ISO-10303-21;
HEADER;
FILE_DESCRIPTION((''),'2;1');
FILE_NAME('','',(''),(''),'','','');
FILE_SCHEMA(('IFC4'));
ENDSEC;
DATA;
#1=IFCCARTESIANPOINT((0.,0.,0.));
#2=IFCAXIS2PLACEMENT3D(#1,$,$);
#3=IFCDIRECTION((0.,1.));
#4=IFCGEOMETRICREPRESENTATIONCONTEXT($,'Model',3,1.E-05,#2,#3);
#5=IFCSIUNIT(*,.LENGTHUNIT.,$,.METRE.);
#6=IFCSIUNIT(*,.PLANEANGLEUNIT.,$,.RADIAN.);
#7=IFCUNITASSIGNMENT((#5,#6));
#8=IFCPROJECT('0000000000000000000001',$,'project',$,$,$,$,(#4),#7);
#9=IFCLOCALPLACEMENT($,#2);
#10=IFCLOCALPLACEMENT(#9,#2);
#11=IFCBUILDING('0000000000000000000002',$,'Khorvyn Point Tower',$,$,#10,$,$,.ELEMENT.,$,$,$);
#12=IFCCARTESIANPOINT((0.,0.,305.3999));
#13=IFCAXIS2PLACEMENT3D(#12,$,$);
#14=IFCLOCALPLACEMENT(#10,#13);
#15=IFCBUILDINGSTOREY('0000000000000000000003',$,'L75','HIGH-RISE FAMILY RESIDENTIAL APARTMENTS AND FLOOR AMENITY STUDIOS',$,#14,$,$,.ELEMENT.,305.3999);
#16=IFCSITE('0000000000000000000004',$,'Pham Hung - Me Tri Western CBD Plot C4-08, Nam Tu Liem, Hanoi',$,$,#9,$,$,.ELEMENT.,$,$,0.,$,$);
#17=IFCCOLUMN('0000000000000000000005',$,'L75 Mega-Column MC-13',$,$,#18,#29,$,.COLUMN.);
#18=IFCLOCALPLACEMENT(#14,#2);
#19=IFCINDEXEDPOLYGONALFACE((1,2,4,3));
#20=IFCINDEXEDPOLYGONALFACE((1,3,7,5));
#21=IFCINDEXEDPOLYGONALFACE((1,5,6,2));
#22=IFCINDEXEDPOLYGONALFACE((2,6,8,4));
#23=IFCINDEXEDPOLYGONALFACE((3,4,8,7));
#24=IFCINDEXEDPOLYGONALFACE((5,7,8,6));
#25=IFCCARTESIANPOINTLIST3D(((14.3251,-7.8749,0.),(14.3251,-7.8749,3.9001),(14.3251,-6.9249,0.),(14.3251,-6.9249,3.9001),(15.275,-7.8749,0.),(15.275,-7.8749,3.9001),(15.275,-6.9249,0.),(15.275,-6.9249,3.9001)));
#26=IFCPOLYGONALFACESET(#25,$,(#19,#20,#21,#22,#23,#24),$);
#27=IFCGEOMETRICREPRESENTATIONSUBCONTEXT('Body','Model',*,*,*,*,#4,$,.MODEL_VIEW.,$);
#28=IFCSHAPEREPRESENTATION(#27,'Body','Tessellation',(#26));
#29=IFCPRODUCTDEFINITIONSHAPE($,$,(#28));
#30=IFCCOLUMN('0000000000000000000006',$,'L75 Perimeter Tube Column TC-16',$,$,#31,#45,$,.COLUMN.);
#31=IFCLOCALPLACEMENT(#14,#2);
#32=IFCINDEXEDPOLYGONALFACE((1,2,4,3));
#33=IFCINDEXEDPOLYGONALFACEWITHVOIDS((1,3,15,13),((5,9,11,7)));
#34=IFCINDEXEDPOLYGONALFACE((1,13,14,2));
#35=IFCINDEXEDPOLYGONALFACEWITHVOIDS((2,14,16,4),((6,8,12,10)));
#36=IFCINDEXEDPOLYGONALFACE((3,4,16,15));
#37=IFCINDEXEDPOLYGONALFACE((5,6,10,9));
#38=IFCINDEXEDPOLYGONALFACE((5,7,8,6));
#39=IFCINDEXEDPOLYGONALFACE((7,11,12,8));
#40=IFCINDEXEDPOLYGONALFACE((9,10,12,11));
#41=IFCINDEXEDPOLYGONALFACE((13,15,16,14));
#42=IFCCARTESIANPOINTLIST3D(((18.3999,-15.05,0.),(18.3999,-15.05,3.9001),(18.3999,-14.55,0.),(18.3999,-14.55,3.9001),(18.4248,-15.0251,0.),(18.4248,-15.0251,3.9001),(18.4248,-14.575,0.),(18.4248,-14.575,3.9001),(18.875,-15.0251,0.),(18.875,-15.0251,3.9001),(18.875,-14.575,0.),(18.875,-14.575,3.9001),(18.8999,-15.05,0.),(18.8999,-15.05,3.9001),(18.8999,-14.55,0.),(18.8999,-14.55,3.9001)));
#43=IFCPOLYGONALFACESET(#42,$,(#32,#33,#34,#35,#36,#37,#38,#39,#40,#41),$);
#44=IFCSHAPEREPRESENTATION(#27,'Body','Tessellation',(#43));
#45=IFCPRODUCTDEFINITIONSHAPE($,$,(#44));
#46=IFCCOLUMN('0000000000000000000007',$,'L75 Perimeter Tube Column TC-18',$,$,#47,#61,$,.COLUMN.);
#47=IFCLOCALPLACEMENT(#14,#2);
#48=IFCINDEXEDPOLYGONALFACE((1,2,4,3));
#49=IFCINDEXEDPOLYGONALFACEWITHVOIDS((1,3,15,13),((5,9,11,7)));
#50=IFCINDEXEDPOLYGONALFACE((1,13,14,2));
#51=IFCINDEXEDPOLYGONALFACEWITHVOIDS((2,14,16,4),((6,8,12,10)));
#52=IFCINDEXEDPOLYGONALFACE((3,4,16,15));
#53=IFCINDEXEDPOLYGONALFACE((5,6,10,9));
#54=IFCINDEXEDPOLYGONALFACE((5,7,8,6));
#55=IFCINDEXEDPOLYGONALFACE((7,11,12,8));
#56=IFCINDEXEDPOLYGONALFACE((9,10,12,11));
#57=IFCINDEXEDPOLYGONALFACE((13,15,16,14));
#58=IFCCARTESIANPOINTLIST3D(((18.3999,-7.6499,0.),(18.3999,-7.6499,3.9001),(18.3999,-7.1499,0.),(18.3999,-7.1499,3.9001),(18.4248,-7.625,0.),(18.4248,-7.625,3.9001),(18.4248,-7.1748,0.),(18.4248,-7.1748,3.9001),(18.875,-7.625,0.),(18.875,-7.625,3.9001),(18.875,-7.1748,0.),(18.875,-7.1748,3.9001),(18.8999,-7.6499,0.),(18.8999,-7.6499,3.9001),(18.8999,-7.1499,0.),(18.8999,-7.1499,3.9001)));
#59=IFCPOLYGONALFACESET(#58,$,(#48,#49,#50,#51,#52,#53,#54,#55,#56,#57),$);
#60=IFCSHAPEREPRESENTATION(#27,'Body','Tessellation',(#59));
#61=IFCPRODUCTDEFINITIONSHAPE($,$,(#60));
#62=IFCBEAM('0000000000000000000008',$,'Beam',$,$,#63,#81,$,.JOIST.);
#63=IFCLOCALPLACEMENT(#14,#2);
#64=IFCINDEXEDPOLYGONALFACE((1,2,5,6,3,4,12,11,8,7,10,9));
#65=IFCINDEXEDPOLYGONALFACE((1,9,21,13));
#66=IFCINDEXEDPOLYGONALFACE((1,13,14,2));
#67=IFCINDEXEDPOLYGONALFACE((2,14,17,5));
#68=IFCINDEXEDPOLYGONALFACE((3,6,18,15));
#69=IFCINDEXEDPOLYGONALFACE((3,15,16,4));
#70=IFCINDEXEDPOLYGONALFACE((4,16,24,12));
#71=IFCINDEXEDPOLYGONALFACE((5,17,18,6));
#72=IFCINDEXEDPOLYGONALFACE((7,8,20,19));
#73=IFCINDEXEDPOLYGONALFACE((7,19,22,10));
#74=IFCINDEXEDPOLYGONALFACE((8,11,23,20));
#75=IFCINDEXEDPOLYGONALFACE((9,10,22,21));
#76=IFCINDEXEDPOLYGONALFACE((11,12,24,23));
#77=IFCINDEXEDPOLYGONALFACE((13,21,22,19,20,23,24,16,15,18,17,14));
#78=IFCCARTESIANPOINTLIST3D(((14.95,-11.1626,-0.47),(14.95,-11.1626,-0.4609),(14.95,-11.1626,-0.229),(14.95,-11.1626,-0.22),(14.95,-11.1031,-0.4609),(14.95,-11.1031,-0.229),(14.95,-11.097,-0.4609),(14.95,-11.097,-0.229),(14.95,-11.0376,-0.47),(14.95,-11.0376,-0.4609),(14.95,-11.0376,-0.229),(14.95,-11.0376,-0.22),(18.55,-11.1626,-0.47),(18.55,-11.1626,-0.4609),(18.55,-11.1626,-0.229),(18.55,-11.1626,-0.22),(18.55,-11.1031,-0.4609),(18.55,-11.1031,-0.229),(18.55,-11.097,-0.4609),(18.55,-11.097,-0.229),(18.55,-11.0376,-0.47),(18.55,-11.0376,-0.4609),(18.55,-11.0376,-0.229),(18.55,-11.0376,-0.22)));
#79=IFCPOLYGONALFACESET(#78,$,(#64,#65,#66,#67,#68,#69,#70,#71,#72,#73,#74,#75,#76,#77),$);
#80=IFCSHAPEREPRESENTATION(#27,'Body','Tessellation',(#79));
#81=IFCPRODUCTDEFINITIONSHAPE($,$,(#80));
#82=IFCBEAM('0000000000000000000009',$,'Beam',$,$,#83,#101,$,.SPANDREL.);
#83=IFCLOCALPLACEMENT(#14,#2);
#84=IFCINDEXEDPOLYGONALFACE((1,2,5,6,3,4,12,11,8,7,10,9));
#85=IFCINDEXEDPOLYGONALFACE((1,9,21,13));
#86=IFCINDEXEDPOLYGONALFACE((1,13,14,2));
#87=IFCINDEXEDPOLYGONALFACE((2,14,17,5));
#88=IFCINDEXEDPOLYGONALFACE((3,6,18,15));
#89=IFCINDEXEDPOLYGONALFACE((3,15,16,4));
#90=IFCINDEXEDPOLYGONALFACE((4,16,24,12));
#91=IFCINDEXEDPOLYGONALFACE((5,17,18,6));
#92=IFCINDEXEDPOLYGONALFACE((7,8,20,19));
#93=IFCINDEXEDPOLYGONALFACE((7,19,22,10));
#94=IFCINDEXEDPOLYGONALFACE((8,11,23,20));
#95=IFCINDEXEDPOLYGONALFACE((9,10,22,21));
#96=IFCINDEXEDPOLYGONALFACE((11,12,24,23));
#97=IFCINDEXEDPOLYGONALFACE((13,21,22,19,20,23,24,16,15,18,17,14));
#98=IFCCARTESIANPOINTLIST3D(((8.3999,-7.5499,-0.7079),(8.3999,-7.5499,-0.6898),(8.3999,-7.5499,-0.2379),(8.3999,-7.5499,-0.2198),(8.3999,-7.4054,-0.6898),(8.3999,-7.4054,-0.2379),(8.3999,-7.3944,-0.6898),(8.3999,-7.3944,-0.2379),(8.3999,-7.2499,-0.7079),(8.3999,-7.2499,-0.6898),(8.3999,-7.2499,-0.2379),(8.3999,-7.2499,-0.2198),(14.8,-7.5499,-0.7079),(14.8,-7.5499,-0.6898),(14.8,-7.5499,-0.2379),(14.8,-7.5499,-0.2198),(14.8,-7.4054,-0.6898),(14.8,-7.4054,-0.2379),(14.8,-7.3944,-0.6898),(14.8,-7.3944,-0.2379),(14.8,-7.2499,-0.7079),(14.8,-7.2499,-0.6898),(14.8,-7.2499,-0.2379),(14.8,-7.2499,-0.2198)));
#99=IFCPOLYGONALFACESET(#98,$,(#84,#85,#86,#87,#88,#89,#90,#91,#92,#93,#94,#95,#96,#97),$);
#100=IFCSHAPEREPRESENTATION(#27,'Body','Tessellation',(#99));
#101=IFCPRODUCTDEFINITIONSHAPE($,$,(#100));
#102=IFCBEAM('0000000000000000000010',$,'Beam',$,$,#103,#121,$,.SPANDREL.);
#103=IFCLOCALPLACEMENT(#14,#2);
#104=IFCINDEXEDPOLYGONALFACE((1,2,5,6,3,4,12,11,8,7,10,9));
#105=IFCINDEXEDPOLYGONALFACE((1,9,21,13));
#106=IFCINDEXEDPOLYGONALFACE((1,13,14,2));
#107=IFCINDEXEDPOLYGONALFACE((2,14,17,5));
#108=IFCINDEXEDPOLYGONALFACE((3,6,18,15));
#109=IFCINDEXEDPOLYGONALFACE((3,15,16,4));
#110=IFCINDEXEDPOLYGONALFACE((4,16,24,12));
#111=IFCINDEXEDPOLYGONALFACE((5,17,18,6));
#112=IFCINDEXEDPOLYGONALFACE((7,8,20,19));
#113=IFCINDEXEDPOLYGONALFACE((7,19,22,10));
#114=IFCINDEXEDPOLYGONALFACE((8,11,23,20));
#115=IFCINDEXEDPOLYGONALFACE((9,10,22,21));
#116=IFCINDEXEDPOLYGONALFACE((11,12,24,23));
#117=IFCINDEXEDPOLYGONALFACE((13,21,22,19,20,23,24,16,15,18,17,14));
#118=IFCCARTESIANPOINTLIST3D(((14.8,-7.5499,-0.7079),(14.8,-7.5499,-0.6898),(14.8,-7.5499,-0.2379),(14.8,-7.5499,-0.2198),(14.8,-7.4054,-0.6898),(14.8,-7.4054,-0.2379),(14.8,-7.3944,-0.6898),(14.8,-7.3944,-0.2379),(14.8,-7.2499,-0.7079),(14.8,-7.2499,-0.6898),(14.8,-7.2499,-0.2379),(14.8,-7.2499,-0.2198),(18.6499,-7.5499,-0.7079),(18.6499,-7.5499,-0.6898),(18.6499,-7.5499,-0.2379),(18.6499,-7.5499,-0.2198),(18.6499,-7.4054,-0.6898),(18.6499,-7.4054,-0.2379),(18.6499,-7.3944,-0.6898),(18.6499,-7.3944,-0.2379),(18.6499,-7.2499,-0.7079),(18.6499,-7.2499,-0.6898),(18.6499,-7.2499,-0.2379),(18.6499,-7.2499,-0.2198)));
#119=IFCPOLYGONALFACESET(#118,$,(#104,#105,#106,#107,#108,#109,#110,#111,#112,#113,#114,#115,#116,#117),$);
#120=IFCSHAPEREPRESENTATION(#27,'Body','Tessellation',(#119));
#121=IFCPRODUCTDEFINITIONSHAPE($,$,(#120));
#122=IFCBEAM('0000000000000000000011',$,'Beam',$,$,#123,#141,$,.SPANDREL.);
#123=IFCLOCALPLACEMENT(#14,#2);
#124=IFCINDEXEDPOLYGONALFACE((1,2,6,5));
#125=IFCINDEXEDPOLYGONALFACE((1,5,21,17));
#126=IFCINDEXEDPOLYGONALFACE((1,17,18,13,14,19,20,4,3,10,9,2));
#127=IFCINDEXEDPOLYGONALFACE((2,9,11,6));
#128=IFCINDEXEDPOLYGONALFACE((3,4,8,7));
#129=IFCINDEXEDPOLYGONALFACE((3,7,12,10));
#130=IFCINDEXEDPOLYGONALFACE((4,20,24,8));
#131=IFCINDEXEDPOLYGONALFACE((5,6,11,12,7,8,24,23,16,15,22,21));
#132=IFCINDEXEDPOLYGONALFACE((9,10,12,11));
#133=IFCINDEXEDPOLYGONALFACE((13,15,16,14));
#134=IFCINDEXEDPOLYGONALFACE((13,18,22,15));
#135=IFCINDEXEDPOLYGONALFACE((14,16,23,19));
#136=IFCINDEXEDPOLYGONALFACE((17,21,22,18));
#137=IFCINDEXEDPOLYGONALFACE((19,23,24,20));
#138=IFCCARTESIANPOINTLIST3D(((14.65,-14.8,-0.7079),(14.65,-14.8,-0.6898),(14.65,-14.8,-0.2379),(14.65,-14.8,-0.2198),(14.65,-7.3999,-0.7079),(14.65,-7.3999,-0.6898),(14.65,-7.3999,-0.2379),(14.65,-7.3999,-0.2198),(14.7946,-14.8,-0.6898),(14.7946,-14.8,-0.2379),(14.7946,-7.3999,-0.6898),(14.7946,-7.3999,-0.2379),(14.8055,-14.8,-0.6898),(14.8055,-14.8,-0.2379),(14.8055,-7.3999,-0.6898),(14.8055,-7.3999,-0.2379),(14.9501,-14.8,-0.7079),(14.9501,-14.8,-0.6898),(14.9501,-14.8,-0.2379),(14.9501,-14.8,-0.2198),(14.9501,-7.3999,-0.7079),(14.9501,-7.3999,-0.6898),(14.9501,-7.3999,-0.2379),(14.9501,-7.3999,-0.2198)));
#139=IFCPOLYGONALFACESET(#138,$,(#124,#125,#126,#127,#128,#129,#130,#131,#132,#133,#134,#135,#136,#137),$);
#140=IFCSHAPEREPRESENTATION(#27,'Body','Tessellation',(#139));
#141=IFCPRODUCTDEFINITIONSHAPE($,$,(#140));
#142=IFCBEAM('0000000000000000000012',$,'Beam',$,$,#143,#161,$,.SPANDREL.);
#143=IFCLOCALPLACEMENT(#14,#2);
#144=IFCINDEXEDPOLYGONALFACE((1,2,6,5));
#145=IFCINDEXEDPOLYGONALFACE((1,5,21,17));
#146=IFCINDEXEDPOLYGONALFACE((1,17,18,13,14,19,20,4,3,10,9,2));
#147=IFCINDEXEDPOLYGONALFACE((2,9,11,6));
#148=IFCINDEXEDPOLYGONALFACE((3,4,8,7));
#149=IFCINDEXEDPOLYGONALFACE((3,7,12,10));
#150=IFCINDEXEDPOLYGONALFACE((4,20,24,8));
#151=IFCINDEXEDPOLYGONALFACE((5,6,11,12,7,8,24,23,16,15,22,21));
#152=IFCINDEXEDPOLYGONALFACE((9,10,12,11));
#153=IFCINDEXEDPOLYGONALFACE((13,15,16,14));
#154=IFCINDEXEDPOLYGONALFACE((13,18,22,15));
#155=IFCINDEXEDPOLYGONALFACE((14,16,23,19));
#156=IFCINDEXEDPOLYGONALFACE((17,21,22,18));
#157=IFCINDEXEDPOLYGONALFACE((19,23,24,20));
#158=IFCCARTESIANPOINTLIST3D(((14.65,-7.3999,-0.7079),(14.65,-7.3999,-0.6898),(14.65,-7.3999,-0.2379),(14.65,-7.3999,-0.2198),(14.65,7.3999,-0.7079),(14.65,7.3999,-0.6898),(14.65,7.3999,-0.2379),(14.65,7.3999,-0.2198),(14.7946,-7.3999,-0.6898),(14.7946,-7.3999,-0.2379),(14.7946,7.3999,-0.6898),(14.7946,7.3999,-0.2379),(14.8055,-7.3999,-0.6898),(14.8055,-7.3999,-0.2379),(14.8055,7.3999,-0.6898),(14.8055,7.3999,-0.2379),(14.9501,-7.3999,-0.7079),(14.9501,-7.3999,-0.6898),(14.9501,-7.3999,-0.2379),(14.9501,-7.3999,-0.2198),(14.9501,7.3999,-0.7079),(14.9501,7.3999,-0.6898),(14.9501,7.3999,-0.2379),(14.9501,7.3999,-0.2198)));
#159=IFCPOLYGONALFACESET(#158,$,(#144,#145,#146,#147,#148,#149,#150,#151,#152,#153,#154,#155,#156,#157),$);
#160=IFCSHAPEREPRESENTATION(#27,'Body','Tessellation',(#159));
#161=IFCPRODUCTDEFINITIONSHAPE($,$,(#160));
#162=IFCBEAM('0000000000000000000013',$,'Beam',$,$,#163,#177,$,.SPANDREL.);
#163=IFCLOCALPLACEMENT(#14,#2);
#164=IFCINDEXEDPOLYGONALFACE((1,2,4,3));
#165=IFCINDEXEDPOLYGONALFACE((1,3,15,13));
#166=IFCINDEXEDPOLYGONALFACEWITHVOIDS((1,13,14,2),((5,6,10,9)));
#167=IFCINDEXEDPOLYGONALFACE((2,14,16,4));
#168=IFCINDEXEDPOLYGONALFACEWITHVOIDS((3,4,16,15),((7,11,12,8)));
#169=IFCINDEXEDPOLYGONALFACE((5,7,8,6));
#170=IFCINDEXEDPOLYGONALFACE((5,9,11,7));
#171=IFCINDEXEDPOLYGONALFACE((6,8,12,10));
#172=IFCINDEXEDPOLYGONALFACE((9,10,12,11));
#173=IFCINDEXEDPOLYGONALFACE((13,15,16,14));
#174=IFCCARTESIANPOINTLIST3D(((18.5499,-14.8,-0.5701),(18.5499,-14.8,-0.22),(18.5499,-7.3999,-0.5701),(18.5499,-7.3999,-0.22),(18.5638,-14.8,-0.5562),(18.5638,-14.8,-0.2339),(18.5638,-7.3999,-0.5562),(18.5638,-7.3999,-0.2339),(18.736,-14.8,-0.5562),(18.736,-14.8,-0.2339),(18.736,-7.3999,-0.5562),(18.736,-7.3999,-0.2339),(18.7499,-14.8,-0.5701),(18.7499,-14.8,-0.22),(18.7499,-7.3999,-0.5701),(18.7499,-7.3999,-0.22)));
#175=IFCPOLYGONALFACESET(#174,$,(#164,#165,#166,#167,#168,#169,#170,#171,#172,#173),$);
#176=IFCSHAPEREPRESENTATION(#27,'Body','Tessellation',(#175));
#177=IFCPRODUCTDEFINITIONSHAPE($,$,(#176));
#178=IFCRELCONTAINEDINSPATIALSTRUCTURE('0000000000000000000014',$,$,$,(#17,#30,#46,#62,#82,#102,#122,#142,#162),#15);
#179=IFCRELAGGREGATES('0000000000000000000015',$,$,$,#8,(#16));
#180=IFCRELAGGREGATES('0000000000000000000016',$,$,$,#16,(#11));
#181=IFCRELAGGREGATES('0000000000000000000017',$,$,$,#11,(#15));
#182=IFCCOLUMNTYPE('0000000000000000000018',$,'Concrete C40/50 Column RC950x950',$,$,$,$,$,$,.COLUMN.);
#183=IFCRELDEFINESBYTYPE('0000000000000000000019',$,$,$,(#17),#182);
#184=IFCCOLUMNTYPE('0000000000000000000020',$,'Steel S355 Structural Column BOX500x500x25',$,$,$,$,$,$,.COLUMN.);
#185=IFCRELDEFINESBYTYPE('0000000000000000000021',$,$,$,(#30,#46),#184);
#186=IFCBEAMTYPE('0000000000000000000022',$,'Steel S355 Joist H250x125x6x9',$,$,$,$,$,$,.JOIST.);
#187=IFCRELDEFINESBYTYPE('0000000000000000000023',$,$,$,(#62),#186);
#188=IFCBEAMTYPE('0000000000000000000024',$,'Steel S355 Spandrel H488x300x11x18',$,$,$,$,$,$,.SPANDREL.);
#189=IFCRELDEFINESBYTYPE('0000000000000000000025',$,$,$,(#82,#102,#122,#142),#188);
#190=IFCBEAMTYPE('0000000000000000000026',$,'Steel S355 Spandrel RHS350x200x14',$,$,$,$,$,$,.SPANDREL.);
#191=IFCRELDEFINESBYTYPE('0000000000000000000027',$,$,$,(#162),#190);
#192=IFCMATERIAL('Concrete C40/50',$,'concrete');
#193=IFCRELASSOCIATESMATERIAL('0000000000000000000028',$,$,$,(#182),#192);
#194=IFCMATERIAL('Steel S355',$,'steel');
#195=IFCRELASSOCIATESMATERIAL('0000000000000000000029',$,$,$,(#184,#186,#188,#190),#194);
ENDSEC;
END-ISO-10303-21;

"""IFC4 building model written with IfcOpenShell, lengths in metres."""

from ifc_helpers import new_model, si_unit, direction, frame, origin, origin_2d, place, context, subcontext, project, spatial, rectangle, hollow_rectangle, i_section, extrude, material, material_profile, profile_set, type_object, element, save


model = new_model("IFC4")

# Units and contexts
model_context = context("Model", 3, precision=1e-05, world=origin(), true_north=direction((0.0, 1.0)))
body_context = subcontext(model_context, "Body", "Model", "MODEL_VIEW")
ifc_project = project(units=[si_unit("LENGTHUNIT", "METRE"), si_unit("PLANEANGLEUNIT", "RADIAN")], contexts=[model_context])

# Site, building, storey
site_placement = place(None, origin())
site = spatial("IfcSite", under=ifc_project, at=site_placement, Name="Pham Hung - Me Tri Western CBD Plot C4-08, Nam Tu Liem, Hanoi", CompositionType="ELEMENT", RefElevation=0.0)
building_placement = place(site_placement, origin())
building = spatial("IfcBuilding", under=site, at=building_placement, Name="Khorvyn Point Tower", CompositionType="ELEMENT")
storey_placement = place(building_placement, frame((0.0, 0.0, 305.3999)))
storey = spatial("IfcBuildingStorey", under=building, at=storey_placement, Name="L75", Description="HIGH-RISE FAMILY RESIDENTIAL APARTMENTS AND FLOOR AMENITY STUDIOS", CompositionType="ELEMENT", Elevation=305.3999)

# Columns
ifc_material_1 = material(Name="Concrete C40/50", Category="concrete")
ifc_material_profile_1 = material_profile(ifc_material_1, rectangle(XDim=0.95, YDim=0.95, at=origin_2d()))
ifc_profile_set_1 = profile_set([ifc_material_profile_1], Name="Concrete C40/50 RC950x950")
column_type_1 = type_object("IfcColumnType", Name="Concrete C40/50 Column RC950x950", PredefinedType="COLUMN", material=ifc_profile_set_1)
column_placement = place(storey_placement, frame((14.8, -7.3999, 0.0), z_axis=(0.0, 0.0, 1.0), x_axis=(1.0, 0.0, 0.0)))
element("IfcColumn", 1, at=column_placement, inside=storey, type_object=column_type_1, Name="L75 Mega-Column MC-13", PredefinedType="COLUMN", context=body_context, shape_type="SweptSolid", body=[
    extrude(rectangle(XDim=0.95, YDim=0.95, at=origin_2d()), origin(), (0.0, 0.0, 1.0), 3.9001),
])
ifc_material_2 = material(Name="Steel S355", Category="steel")
ifc_material_profile_2 = material_profile(ifc_material_2, hollow_rectangle(XDim=0.5, YDim=0.5, WallThickness=0.0249, at=origin_2d()))
ifc_profile_set_2 = profile_set([ifc_material_profile_2], Name="Steel S355 BOX500x500x25")
column_type_2 = type_object("IfcColumnType", Name="Steel S355 Structural Column BOX500x500x25", PredefinedType="COLUMN", material=ifc_profile_set_2)
for number, where, z_axis, x_axis, name in (
    (2, (18.6499, -14.8, 0.0), (0.0, 0.0, 1.0), (1.0, 0.0, 0.0), "L75 Perimeter Tube Column TC-16"),
    (3, (18.6499, -7.3999, 0.0), (0.0, 0.0, 1.0), (1.0, 0.0, 0.0), "L75 Perimeter Tube Column TC-18"),
):
    element("IfcColumn", number, at=place(storey_placement, frame(where, z_axis=z_axis, x_axis=x_axis)), inside=storey, type_object=column_type_2, Name=name, PredefinedType="COLUMN", context=body_context, shape_type="SweptSolid", body=[
        extrude(hollow_rectangle(XDim=0.5, YDim=0.5, WallThickness=0.0249, at=origin_2d()), origin(), (0.0, 0.0, 1.0), 3.9001),
    ])

# Beams
ifc_material_profile_3 = material_profile(ifc_material_2, i_section(OverallWidth=0.125, OverallDepth=0.25, WebThickness=0.0061, FlangeThickness=0.009, at=origin_2d()))
ifc_profile_set_3 = profile_set([ifc_material_profile_3], Name="Steel S355 H250x125x6x9")
beam_type_1 = type_object("IfcBeamType", Name="Steel S355 Joist H250x125x6x9", PredefinedType="JOIST", material=ifc_profile_set_3)
beam_1_placement = place(storey_placement, frame((14.95, -11.1001, -0.345), z_axis=(1.0, 0.0, 0.0), x_axis=(0.0, 1.0, 0.0)))
element("IfcBeam", 4, at=beam_1_placement, inside=storey, type_object=beam_type_1, Name="Beam", PredefinedType="JOIST", context=body_context, shape_type="SweptSolid", body=[
    extrude(i_section(OverallWidth=0.125, OverallDepth=0.25, WebThickness=0.0061, FlangeThickness=0.009, at=origin_2d()), origin(), (0.0, 0.0, 1.0), 3.6001),
])
ifc_material_profile_4 = material_profile(ifc_material_2, i_section(OverallWidth=0.3, OverallDepth=0.488, WebThickness=0.011, FlangeThickness=0.0181, at=origin_2d()))
ifc_profile_set_4 = profile_set([ifc_material_profile_4], Name="Steel S355 H488x300x11x18")
beam_type_2 = type_object("IfcBeamType", Name="Steel S355 Spandrel H488x300x11x18", PredefinedType="SPANDREL", material=ifc_profile_set_4)
beam_2_placement = place(storey_placement, frame((8.3999, -7.3999, -0.4639), z_axis=(1.0, 0.0, 0.0), x_axis=(0.0, 1.0, 0.0)))
element("IfcBeam", 5, at=beam_2_placement, inside=storey, type_object=beam_type_2, Name="Beam", PredefinedType="SPANDREL", context=body_context, shape_type="SweptSolid", body=[
    extrude(i_section(OverallWidth=0.3, OverallDepth=0.488, WebThickness=0.011, FlangeThickness=0.0181, at=origin_2d()), origin(), (0.0, 0.0, 1.0), 6.4001),
])
beam_3_placement = place(storey_placement, frame((14.8, -7.3999, -0.4639), z_axis=(1.0, 0.0, 0.0), x_axis=(0.0, 1.0, 0.0)))
element("IfcBeam", 6, at=beam_3_placement, inside=storey, type_object=beam_type_2, Name="Beam", PredefinedType="SPANDREL", context=body_context, shape_type="SweptSolid", body=[
    extrude(i_section(OverallWidth=0.3, OverallDepth=0.488, WebThickness=0.011, FlangeThickness=0.0181, at=origin_2d()), origin(), (0.0, 0.0, 1.0), 3.8499),
])
beam_4_placement = place(storey_placement, frame((14.8, -14.8, -0.4639), z_axis=(0.0, 1.0, 0.0), x_axis=(-1.0, 0.0, 0.0)))
element("IfcBeam", 7, at=beam_4_placement, inside=storey, type_object=beam_type_2, Name="Beam", PredefinedType="SPANDREL", context=body_context, shape_type="SweptSolid", body=[
    extrude(i_section(OverallWidth=0.3, OverallDepth=0.488, WebThickness=0.011, FlangeThickness=0.0181, at=origin_2d()), origin(), (0.0, 0.0, 1.0), 7.4001),
])
beam_5_placement = place(storey_placement, frame((14.8, -7.3999, -0.4639), z_axis=(0.0, 1.0, 0.0), x_axis=(-1.0, 0.0, 0.0)))
element("IfcBeam", 8, at=beam_5_placement, inside=storey, type_object=beam_type_2, Name="Beam", PredefinedType="SPANDREL", context=body_context, shape_type="SweptSolid", body=[
    extrude(i_section(OverallWidth=0.3, OverallDepth=0.488, WebThickness=0.011, FlangeThickness=0.0181, at=origin_2d()), origin(), (0.0, 0.0, 1.0), 14.7998),
])
ifc_material_profile_5 = material_profile(ifc_material_2, hollow_rectangle(XDim=0.2, YDim=0.3501, WallThickness=0.0139, at=origin_2d()))
ifc_profile_set_5 = profile_set([ifc_material_profile_5], Name="Steel S355 RHS350x200x14")
beam_type_3 = type_object("IfcBeamType", Name="Steel S355 Spandrel RHS350x200x14", PredefinedType="SPANDREL", material=ifc_profile_set_5)
beam_6_placement = place(storey_placement, frame((18.6499, -14.8, -0.395), z_axis=(0.0, 1.0, 0.0), x_axis=(-1.0, 0.0, 0.0)))
element("IfcBeam", 9, at=beam_6_placement, inside=storey, type_object=beam_type_3, Name="Beam", PredefinedType="SPANDREL", context=body_context, shape_type="SweptSolid", body=[
    extrude(hollow_rectangle(XDim=0.2, YDim=0.3501, WallThickness=0.0139, at=origin_2d()), origin(), (0.0, 0.0, 1.0), 7.4001),
])

save(model, "model.ifc")
